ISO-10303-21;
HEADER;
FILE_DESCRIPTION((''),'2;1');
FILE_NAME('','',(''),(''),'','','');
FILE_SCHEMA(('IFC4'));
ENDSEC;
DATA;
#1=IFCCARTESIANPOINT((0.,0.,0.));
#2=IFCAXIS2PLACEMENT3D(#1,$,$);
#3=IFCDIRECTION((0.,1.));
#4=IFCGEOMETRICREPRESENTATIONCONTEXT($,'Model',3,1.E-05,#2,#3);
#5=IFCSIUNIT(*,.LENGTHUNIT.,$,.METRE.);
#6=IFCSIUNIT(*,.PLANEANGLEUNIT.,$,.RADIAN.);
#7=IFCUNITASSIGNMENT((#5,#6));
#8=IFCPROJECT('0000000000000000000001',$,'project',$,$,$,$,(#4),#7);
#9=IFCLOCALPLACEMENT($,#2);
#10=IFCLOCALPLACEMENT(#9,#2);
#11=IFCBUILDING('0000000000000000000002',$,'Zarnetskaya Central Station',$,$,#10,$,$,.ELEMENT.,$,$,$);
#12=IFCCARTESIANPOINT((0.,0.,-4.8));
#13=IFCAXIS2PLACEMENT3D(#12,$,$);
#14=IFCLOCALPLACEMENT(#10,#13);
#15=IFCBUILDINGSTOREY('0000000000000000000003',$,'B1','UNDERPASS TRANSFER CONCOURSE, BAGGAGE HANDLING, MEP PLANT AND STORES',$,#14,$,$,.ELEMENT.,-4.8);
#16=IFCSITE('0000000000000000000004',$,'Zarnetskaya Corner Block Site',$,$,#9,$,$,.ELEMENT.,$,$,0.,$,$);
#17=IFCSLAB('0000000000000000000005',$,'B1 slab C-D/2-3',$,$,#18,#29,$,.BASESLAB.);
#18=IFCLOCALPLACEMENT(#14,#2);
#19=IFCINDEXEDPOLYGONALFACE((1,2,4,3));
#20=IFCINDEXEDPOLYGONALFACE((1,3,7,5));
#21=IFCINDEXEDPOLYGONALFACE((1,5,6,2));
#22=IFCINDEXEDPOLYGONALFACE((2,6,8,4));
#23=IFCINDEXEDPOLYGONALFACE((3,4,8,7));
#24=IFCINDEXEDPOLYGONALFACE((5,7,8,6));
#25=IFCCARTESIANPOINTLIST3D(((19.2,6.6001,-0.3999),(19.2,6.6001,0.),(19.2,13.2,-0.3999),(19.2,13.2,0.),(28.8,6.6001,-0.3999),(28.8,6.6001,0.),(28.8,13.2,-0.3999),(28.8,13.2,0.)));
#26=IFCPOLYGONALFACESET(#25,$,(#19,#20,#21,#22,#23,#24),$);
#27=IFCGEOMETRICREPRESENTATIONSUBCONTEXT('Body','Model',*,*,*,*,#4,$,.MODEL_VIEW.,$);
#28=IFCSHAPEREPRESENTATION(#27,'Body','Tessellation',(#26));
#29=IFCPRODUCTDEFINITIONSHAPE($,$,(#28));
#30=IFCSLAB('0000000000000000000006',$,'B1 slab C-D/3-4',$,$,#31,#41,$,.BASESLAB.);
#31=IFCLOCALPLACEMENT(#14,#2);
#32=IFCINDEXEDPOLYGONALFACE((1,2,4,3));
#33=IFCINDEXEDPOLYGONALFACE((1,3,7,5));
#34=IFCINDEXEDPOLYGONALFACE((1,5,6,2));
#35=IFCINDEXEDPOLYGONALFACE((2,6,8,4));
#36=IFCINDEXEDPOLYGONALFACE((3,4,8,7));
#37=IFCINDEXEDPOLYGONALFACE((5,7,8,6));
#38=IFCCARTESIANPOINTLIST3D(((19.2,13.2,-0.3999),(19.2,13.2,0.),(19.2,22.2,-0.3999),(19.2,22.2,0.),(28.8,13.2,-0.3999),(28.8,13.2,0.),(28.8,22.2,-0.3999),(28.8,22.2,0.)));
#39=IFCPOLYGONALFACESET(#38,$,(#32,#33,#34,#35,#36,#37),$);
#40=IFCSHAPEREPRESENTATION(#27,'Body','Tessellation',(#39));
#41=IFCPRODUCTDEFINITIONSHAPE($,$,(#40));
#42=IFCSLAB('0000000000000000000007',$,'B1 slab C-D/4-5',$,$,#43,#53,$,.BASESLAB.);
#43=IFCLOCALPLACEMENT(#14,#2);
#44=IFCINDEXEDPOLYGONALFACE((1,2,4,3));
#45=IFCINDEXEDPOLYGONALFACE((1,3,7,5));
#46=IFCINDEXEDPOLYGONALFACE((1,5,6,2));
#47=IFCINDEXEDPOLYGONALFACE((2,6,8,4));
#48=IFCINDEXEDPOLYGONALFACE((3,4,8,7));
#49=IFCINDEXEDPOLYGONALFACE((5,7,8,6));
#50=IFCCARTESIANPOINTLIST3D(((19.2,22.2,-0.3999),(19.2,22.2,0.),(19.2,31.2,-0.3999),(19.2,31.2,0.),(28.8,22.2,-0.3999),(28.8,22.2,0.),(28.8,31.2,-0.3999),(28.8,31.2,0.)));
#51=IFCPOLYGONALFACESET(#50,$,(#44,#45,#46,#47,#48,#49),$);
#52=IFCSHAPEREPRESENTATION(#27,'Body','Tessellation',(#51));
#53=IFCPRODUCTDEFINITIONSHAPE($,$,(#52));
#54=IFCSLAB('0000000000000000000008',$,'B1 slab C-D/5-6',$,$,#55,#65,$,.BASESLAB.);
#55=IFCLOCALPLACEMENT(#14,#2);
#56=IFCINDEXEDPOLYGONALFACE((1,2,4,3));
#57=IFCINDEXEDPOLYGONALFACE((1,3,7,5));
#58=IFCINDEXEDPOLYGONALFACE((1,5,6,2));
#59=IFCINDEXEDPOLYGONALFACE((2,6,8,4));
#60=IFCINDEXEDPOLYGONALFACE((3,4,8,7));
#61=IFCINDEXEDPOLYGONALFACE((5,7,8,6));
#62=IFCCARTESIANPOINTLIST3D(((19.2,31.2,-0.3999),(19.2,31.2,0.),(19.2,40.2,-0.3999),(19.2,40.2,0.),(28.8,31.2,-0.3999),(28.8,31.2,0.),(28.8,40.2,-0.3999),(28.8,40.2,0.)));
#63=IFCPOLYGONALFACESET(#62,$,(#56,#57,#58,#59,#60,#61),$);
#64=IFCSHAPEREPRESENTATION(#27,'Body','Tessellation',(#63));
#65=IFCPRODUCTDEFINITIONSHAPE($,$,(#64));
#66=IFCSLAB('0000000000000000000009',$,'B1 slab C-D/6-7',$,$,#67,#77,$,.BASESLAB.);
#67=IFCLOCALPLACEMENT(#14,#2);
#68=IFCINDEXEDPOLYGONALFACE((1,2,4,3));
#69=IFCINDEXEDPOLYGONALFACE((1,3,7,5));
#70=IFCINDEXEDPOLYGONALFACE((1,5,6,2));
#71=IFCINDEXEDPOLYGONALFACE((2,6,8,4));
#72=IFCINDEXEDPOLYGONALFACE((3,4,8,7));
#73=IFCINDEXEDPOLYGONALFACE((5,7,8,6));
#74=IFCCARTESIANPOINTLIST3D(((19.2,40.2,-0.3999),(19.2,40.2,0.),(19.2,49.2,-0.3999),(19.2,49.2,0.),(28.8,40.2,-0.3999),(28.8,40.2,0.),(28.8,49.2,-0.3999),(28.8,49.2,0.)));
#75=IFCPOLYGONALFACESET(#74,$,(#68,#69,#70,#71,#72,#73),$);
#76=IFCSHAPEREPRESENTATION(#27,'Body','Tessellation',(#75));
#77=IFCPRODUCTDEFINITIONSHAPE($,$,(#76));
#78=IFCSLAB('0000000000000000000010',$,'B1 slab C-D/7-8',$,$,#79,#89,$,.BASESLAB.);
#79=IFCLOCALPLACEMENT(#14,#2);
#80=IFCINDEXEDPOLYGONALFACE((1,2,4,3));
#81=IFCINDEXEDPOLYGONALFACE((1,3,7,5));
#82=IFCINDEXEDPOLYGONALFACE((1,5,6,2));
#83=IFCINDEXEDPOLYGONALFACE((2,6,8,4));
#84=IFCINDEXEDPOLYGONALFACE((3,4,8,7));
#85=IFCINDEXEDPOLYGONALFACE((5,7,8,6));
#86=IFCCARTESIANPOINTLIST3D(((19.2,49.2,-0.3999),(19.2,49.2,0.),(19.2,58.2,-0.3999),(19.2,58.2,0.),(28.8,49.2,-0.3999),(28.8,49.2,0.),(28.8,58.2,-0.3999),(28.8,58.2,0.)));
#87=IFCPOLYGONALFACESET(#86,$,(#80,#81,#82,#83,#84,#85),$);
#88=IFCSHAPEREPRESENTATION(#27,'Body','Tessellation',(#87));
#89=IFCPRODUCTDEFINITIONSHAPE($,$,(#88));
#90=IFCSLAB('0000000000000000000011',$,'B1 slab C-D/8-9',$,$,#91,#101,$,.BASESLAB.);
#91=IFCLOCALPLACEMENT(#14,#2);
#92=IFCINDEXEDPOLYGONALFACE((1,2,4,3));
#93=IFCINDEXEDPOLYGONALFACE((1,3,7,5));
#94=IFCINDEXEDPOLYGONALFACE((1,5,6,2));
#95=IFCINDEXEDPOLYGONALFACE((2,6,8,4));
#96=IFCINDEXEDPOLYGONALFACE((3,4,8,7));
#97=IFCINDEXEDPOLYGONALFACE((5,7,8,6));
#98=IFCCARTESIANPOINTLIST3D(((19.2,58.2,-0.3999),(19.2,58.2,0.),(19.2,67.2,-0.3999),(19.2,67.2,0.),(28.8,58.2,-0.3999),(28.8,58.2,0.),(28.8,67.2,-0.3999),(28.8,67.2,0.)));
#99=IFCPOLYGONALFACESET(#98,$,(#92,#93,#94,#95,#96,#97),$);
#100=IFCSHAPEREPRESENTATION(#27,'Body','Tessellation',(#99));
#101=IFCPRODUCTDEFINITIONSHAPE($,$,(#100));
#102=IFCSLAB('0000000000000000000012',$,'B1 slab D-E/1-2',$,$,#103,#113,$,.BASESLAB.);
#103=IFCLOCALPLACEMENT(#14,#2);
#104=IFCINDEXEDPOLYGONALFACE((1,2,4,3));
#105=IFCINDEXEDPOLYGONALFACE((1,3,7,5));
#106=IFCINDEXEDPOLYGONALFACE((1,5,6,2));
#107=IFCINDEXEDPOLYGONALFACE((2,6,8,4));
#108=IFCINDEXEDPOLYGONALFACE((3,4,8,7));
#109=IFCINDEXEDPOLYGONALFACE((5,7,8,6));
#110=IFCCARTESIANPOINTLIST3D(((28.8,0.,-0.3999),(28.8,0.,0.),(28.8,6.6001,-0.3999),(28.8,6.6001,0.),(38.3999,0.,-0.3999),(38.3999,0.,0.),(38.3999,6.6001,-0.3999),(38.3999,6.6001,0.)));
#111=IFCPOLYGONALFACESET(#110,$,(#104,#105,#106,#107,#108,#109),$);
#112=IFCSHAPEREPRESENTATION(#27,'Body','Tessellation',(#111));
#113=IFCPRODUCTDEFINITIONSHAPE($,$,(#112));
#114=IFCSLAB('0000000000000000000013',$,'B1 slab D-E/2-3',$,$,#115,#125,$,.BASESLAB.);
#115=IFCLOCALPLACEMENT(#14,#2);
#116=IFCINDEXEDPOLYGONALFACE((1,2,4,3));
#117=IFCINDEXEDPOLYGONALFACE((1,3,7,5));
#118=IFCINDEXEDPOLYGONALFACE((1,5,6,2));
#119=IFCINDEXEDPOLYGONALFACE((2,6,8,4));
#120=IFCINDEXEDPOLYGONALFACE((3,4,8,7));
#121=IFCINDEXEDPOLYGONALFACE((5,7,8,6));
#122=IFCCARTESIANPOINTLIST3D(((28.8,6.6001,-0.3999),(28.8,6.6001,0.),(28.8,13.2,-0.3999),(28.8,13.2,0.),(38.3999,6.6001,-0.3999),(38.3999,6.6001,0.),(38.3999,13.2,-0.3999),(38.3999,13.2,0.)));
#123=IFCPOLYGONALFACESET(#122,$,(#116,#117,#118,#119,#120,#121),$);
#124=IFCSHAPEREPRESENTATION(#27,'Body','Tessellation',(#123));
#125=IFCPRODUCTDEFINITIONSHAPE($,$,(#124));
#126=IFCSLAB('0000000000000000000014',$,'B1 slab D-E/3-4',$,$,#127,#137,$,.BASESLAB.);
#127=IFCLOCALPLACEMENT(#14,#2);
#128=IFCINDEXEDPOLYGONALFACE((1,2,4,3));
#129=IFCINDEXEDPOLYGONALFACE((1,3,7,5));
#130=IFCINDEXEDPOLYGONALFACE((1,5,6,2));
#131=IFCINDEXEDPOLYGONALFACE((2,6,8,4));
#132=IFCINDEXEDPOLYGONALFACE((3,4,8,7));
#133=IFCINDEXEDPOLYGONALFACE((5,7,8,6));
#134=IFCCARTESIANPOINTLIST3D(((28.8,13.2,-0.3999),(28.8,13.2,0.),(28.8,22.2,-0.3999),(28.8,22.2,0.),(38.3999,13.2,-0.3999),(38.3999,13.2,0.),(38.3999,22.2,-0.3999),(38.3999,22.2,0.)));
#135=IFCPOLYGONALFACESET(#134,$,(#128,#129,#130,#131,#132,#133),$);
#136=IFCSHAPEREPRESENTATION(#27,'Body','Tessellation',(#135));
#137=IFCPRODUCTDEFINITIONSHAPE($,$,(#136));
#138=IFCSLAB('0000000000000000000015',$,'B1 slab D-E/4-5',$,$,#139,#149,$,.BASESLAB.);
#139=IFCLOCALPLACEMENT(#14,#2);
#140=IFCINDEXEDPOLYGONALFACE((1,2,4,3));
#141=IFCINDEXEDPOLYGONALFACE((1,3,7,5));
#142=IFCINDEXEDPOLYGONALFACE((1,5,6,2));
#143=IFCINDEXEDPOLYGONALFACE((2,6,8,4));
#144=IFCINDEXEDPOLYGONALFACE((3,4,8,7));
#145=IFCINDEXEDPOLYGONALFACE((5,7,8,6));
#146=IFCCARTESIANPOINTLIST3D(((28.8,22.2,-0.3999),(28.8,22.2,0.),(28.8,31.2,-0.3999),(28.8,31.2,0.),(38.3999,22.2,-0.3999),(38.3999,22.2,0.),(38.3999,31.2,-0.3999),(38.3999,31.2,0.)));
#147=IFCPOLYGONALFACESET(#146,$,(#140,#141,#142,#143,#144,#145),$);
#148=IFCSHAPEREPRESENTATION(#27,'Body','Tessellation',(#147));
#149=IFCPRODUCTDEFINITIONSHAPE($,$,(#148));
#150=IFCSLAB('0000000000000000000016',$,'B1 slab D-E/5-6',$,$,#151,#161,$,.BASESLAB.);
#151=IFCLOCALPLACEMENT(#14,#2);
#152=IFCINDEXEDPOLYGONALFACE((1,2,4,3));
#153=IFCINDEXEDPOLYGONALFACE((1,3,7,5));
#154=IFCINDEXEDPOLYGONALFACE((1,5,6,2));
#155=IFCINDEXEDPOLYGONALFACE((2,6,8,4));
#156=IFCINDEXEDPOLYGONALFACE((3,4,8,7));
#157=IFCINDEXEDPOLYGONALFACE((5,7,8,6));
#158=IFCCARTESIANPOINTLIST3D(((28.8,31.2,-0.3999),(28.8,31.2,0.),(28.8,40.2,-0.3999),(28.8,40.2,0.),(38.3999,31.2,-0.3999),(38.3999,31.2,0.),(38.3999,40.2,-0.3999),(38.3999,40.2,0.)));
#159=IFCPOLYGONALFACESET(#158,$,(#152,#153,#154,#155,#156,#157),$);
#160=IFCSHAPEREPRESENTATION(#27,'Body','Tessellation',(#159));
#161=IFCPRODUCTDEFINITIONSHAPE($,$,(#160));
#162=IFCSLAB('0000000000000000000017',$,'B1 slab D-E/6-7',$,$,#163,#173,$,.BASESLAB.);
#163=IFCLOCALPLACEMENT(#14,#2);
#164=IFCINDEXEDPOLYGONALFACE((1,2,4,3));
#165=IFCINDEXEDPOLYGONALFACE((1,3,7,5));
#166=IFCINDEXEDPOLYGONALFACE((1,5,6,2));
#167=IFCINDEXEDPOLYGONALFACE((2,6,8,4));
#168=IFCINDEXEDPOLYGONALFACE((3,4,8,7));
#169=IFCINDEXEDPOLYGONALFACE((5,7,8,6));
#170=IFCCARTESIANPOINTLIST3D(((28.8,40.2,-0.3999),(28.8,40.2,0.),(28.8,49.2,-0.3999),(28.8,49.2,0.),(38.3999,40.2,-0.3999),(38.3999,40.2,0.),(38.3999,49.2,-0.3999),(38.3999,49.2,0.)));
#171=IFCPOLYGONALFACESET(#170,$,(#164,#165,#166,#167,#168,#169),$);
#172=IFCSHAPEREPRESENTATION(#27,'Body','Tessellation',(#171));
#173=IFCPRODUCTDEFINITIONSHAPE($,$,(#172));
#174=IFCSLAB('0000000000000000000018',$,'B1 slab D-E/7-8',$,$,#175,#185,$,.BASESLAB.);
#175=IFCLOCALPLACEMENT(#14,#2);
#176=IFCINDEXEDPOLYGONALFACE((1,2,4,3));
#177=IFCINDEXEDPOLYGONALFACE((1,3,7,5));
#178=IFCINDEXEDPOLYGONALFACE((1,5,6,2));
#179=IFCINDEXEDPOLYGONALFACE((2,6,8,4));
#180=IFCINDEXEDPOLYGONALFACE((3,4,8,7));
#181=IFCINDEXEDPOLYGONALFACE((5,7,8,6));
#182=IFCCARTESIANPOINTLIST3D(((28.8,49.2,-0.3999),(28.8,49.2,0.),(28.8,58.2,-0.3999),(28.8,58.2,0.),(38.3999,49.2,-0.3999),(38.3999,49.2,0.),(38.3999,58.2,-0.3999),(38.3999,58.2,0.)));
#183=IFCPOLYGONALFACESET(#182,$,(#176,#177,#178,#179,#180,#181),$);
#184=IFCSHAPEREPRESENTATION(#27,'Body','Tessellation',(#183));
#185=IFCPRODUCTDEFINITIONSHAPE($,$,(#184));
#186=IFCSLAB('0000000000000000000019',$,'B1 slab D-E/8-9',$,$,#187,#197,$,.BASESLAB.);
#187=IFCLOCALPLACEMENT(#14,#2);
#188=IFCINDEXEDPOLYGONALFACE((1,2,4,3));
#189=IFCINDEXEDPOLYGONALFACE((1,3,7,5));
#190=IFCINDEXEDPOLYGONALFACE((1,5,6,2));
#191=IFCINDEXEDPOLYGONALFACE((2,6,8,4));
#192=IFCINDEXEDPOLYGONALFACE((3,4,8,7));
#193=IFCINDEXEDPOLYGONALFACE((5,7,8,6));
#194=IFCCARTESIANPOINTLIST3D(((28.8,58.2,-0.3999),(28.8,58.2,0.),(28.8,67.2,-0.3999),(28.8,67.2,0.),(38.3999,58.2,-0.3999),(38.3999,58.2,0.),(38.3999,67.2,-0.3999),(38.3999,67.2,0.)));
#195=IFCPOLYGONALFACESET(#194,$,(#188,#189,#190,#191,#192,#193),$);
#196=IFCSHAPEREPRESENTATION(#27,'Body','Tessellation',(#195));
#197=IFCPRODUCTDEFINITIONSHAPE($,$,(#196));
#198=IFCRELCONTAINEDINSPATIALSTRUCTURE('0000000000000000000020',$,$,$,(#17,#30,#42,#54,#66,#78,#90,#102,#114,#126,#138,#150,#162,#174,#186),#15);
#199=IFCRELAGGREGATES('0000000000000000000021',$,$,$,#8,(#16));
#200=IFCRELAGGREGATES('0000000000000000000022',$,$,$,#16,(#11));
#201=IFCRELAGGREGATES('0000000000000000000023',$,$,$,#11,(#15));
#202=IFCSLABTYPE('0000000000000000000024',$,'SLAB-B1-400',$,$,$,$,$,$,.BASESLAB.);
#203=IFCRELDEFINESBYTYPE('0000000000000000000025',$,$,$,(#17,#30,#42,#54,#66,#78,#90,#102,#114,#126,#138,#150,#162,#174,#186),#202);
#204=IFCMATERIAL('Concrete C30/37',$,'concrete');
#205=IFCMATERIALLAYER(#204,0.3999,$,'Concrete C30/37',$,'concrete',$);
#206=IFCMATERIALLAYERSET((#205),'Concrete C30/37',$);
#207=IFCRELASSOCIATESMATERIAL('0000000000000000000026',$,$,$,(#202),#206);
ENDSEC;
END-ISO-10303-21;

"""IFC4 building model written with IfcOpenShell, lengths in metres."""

from ifc_helpers import new_model, si_unit, direction, frame, origin, place, context, subcontext, project, spatial, polyline, outline, extrude, material, layer, layer_set, type_object, element, save


model = new_model("IFC4")

# Units and contexts
model_context = context("Model", 3, precision=1e-05, world=origin(), true_north=direction((0.0, 1.0)))
body_context = subcontext(model_context, "Body", "Model", "MODEL_VIEW")
ifc_project = project(units=[si_unit("LENGTHUNIT", "METRE"), si_unit("PLANEANGLEUNIT", "RADIAN")], contexts=[model_context])

# Site, building, storey
site_placement = place(None, origin())
site = spatial("IfcSite", under=ifc_project, at=site_placement, Name="Zarnetskaya Corner Block Site", CompositionType="ELEMENT", RefElevation=0.0)
building_placement = place(site_placement, origin())
building = spatial("IfcBuilding", under=site, at=building_placement, Name="Zarnetskaya Central Station", CompositionType="ELEMENT")
storey_placement = place(building_placement, frame((0.0, 0.0, -4.8)))
storey = spatial("IfcBuildingStorey", under=building, at=storey_placement, Name="B1", Description="UNDERPASS TRANSFER CONCOURSE, BAGGAGE HANDLING, MEP PLANT AND STORES", CompositionType="ELEMENT", Elevation=-4.8)

# Slabs
ifc_material_1 = material(Name="Concrete C30/37", Category="concrete")
ifc_layer = layer(ifc_material_1, 0.3999, Name="Concrete C30/37", Category="concrete")
ifc_layer_set = layer_set([ifc_layer], Name="Concrete C30/37")
slab_type = type_object("IfcSlabType", Name="SLAB-B1-400", PredefinedType="BASESLAB", material=ifc_layer_set)
slab_1_placement = place(storey_placement, frame((0.0, 0.0, -0.3999)))
element("IfcSlab", 1, at=slab_1_placement, inside=storey, type_object=slab_type, Name="B1 slab C-D/2-3", PredefinedType="BASESLAB", context=body_context, shape_type="SweptSolid", body=[
    extrude(outline(polyline([(19.2, 6.6001), (28.8, 6.6001), (28.8, 13.2), (19.2, 13.2), (19.2, 6.6001)])), origin(), (0.0, 0.0, 1.0), 0.3999),
])
slab_2_placement = place(storey_placement, frame((0.0, 0.0, -0.3999)))
element("IfcSlab", 2, at=slab_2_placement, inside=storey, type_object=slab_type, Name="B1 slab C-D/3-4", PredefinedType="BASESLAB", context=body_context, shape_type="SweptSolid", body=[
    extrude(outline(polyline([(19.2, 13.2), (28.8, 13.2), (28.8, 22.2), (19.2, 22.2), (19.2, 13.2)])), origin(), (0.0, 0.0, 1.0), 0.3999),
])
slab_3_placement = place(storey_placement, frame((0.0, 0.0, -0.3999)))
element("IfcSlab", 3, at=slab_3_placement, inside=storey, type_object=slab_type, Name="B1 slab C-D/4-5", PredefinedType="BASESLAB", context=body_context, shape_type="SweptSolid", body=[
    extrude(outline(polyline([(19.2, 22.2), (28.8, 22.2), (28.8, 31.2), (19.2, 31.2), (19.2, 22.2)])), origin(), (0.0, 0.0, 1.0), 0.3999),
])
slab_4_placement = place(storey_placement, frame((0.0, 0.0, -0.3999)))
element("IfcSlab", 4, at=slab_4_placement, inside=storey, type_object=slab_type, Name="B1 slab C-D/5-6", PredefinedType="BASESLAB", context=body_context, shape_type="SweptSolid", body=[
    extrude(outline(polyline([(19.2, 31.2), (28.8, 31.2), (28.8, 40.2), (19.2, 40.2), (19.2, 31.2)])), origin(), (0.0, 0.0, 1.0), 0.3999),
])
slab_5_placement = place(storey_placement, frame((0.0, 0.0, -0.3999)))
element("IfcSlab", 5, at=slab_5_placement, inside=storey, type_object=slab_type, Name="B1 slab C-D/6-7", PredefinedType="BASESLAB", context=body_context, shape_type="SweptSolid", body=[
    extrude(outline(polyline([(19.2, 40.2), (28.8, 40.2), (28.8, 49.2), (19.2, 49.2), (19.2, 40.2)])), origin(), (0.0, 0.0, 1.0), 0.3999),
])
slab_6_placement = place(storey_placement, frame((0.0, 0.0, -0.3999)))
element("IfcSlab", 6, at=slab_6_placement, inside=storey, type_object=slab_type, Name="B1 slab C-D/7-8", PredefinedType="BASESLAB", context=body_context, shape_type="SweptSolid", body=[
    extrude(outline(polyline([(19.2, 49.2), (28.8, 49.2), (28.8, 58.2), (19.2, 58.2), (19.2, 49.2)])), origin(), (0.0, 0.0, 1.0), 0.3999),
])
slab_7_placement = place(storey_placement, frame((0.0, 0.0, -0.3999)))
element("IfcSlab", 7, at=slab_7_placement, inside=storey, type_object=slab_type, Name="B1 slab C-D/8-9", PredefinedType="BASESLAB", context=body_context, shape_type="SweptSolid", body=[
    extrude(outline(polyline([(19.2, 58.2), (28.8, 58.2), (28.8, 67.2), (19.2, 67.2), (19.2, 58.2)])), origin(), (0.0, 0.0, 1.0), 0.3999),
])
slab_8_placement = place(storey_placement, frame((0.0, 0.0, -0.3999)))
element("IfcSlab", 8, at=slab_8_placement, inside=storey, type_object=slab_type, Name="B1 slab D-E/1-2", PredefinedType="BASESLAB", context=body_context, shape_type="SweptSolid", body=[
    extrude(outline(polyline([(28.8, 0.0), (38.3999, 0.0), (38.3999, 6.6001), (28.8, 6.6001), (28.8, 0.0)])), origin(), (0.0, 0.0, 1.0), 0.3999),
])
slab_9_placement = place(storey_placement, frame((0.0, 0.0, -0.3999)))
element("IfcSlab", 9, at=slab_9_placement, inside=storey, type_object=slab_type, Name="B1 slab D-E/2-3", PredefinedType="BASESLAB", context=body_context, shape_type="SweptSolid", body=[
    extrude(outline(polyline([(28.8, 6.6001), (38.3999, 6.6001), (38.3999, 13.2), (28.8, 13.2), (28.8, 6.6001)])), origin(), (0.0, 0.0, 1.0), 0.3999),
])
slab_10_placement = place(storey_placement, frame((0.0, 0.0, -0.3999)))
element("IfcSlab", 10, at=slab_10_placement, inside=storey, type_object=slab_type, Name="B1 slab D-E/3-4", PredefinedType="BASESLAB", context=body_context, shape_type="SweptSolid", body=[
    extrude(outline(polyline([(28.8, 13.2), (38.3999, 13.2), (38.3999, 22.2), (28.8, 22.2), (28.8, 13.2)])), origin(), (0.0, 0.0, 1.0), 0.3999),
])
slab_11_placement = place(storey_placement, frame((0.0, 0.0, -0.3999)))
element("IfcSlab", 11, at=slab_11_placement, inside=storey, type_object=slab_type, Name="B1 slab D-E/4-5", PredefinedType="BASESLAB", context=body_context, shape_type="SweptSolid", body=[
    extrude(outline(polyline([(28.8, 22.2), (38.3999, 22.2), (38.3999, 31.2), (28.8, 31.2), (28.8, 22.2)])), origin(), (0.0, 0.0, 1.0), 0.3999),
])
slab_12_placement = place(storey_placement, frame((0.0, 0.0, -0.3999)))
element("IfcSlab", 12, at=slab_12_placement, inside=storey, type_object=slab_type, Name="B1 slab D-E/5-6", PredefinedType="BASESLAB", context=body_context, shape_type="SweptSolid", body=[
    extrude(outline(polyline([(28.8, 31.2), (38.3999, 31.2), (38.3999, 40.2), (28.8, 40.2), (28.8, 31.2)])), origin(), (0.0, 0.0, 1.0), 0.3999),
])
slab_13_placement = place(storey_placement, frame((0.0, 0.0, -0.3999)))
element("IfcSlab", 13, at=slab_13_placement, inside=storey, type_object=slab_type, Name="B1 slab D-E/6-7", PredefinedType="BASESLAB", context=body_context, shape_type="SweptSolid", body=[
    extrude(outline(polyline([(28.8, 40.2), (38.3999, 40.2), (38.3999, 49.2), (28.8, 49.2), (28.8, 40.2)])), origin(), (0.0, 0.0, 1.0), 0.3999),
])
slab_14_placement = place(storey_placement, frame((0.0, 0.0, -0.3999)))
element("IfcSlab", 14, at=slab_14_placement, inside=storey, type_object=slab_type, Name="B1 slab D-E/7-8", PredefinedType="BASESLAB", context=body_context, shape_type="SweptSolid", body=[
    extrude(outline(polyline([(28.8, 49.2), (38.3999, 49.2), (38.3999, 58.2), (28.8, 58.2), (28.8, 49.2)])), origin(), (0.0, 0.0, 1.0), 0.3999),
])
slab_15_placement = place(storey_placement, frame((0.0, 0.0, -0.3999)))
element("IfcSlab", 15, at=slab_15_placement, inside=storey, type_object=slab_type, Name="B1 slab D-E/8-9", PredefinedType="BASESLAB", context=body_context, shape_type="SweptSolid", body=[
    extrude(outline(polyline([(28.8, 58.2), (38.3999, 58.2), (38.3999, 67.2), (28.8, 67.2), (28.8, 58.2)])), origin(), (0.0, 0.0, 1.0), 0.3999),
])

save(model, "model.ifc")
